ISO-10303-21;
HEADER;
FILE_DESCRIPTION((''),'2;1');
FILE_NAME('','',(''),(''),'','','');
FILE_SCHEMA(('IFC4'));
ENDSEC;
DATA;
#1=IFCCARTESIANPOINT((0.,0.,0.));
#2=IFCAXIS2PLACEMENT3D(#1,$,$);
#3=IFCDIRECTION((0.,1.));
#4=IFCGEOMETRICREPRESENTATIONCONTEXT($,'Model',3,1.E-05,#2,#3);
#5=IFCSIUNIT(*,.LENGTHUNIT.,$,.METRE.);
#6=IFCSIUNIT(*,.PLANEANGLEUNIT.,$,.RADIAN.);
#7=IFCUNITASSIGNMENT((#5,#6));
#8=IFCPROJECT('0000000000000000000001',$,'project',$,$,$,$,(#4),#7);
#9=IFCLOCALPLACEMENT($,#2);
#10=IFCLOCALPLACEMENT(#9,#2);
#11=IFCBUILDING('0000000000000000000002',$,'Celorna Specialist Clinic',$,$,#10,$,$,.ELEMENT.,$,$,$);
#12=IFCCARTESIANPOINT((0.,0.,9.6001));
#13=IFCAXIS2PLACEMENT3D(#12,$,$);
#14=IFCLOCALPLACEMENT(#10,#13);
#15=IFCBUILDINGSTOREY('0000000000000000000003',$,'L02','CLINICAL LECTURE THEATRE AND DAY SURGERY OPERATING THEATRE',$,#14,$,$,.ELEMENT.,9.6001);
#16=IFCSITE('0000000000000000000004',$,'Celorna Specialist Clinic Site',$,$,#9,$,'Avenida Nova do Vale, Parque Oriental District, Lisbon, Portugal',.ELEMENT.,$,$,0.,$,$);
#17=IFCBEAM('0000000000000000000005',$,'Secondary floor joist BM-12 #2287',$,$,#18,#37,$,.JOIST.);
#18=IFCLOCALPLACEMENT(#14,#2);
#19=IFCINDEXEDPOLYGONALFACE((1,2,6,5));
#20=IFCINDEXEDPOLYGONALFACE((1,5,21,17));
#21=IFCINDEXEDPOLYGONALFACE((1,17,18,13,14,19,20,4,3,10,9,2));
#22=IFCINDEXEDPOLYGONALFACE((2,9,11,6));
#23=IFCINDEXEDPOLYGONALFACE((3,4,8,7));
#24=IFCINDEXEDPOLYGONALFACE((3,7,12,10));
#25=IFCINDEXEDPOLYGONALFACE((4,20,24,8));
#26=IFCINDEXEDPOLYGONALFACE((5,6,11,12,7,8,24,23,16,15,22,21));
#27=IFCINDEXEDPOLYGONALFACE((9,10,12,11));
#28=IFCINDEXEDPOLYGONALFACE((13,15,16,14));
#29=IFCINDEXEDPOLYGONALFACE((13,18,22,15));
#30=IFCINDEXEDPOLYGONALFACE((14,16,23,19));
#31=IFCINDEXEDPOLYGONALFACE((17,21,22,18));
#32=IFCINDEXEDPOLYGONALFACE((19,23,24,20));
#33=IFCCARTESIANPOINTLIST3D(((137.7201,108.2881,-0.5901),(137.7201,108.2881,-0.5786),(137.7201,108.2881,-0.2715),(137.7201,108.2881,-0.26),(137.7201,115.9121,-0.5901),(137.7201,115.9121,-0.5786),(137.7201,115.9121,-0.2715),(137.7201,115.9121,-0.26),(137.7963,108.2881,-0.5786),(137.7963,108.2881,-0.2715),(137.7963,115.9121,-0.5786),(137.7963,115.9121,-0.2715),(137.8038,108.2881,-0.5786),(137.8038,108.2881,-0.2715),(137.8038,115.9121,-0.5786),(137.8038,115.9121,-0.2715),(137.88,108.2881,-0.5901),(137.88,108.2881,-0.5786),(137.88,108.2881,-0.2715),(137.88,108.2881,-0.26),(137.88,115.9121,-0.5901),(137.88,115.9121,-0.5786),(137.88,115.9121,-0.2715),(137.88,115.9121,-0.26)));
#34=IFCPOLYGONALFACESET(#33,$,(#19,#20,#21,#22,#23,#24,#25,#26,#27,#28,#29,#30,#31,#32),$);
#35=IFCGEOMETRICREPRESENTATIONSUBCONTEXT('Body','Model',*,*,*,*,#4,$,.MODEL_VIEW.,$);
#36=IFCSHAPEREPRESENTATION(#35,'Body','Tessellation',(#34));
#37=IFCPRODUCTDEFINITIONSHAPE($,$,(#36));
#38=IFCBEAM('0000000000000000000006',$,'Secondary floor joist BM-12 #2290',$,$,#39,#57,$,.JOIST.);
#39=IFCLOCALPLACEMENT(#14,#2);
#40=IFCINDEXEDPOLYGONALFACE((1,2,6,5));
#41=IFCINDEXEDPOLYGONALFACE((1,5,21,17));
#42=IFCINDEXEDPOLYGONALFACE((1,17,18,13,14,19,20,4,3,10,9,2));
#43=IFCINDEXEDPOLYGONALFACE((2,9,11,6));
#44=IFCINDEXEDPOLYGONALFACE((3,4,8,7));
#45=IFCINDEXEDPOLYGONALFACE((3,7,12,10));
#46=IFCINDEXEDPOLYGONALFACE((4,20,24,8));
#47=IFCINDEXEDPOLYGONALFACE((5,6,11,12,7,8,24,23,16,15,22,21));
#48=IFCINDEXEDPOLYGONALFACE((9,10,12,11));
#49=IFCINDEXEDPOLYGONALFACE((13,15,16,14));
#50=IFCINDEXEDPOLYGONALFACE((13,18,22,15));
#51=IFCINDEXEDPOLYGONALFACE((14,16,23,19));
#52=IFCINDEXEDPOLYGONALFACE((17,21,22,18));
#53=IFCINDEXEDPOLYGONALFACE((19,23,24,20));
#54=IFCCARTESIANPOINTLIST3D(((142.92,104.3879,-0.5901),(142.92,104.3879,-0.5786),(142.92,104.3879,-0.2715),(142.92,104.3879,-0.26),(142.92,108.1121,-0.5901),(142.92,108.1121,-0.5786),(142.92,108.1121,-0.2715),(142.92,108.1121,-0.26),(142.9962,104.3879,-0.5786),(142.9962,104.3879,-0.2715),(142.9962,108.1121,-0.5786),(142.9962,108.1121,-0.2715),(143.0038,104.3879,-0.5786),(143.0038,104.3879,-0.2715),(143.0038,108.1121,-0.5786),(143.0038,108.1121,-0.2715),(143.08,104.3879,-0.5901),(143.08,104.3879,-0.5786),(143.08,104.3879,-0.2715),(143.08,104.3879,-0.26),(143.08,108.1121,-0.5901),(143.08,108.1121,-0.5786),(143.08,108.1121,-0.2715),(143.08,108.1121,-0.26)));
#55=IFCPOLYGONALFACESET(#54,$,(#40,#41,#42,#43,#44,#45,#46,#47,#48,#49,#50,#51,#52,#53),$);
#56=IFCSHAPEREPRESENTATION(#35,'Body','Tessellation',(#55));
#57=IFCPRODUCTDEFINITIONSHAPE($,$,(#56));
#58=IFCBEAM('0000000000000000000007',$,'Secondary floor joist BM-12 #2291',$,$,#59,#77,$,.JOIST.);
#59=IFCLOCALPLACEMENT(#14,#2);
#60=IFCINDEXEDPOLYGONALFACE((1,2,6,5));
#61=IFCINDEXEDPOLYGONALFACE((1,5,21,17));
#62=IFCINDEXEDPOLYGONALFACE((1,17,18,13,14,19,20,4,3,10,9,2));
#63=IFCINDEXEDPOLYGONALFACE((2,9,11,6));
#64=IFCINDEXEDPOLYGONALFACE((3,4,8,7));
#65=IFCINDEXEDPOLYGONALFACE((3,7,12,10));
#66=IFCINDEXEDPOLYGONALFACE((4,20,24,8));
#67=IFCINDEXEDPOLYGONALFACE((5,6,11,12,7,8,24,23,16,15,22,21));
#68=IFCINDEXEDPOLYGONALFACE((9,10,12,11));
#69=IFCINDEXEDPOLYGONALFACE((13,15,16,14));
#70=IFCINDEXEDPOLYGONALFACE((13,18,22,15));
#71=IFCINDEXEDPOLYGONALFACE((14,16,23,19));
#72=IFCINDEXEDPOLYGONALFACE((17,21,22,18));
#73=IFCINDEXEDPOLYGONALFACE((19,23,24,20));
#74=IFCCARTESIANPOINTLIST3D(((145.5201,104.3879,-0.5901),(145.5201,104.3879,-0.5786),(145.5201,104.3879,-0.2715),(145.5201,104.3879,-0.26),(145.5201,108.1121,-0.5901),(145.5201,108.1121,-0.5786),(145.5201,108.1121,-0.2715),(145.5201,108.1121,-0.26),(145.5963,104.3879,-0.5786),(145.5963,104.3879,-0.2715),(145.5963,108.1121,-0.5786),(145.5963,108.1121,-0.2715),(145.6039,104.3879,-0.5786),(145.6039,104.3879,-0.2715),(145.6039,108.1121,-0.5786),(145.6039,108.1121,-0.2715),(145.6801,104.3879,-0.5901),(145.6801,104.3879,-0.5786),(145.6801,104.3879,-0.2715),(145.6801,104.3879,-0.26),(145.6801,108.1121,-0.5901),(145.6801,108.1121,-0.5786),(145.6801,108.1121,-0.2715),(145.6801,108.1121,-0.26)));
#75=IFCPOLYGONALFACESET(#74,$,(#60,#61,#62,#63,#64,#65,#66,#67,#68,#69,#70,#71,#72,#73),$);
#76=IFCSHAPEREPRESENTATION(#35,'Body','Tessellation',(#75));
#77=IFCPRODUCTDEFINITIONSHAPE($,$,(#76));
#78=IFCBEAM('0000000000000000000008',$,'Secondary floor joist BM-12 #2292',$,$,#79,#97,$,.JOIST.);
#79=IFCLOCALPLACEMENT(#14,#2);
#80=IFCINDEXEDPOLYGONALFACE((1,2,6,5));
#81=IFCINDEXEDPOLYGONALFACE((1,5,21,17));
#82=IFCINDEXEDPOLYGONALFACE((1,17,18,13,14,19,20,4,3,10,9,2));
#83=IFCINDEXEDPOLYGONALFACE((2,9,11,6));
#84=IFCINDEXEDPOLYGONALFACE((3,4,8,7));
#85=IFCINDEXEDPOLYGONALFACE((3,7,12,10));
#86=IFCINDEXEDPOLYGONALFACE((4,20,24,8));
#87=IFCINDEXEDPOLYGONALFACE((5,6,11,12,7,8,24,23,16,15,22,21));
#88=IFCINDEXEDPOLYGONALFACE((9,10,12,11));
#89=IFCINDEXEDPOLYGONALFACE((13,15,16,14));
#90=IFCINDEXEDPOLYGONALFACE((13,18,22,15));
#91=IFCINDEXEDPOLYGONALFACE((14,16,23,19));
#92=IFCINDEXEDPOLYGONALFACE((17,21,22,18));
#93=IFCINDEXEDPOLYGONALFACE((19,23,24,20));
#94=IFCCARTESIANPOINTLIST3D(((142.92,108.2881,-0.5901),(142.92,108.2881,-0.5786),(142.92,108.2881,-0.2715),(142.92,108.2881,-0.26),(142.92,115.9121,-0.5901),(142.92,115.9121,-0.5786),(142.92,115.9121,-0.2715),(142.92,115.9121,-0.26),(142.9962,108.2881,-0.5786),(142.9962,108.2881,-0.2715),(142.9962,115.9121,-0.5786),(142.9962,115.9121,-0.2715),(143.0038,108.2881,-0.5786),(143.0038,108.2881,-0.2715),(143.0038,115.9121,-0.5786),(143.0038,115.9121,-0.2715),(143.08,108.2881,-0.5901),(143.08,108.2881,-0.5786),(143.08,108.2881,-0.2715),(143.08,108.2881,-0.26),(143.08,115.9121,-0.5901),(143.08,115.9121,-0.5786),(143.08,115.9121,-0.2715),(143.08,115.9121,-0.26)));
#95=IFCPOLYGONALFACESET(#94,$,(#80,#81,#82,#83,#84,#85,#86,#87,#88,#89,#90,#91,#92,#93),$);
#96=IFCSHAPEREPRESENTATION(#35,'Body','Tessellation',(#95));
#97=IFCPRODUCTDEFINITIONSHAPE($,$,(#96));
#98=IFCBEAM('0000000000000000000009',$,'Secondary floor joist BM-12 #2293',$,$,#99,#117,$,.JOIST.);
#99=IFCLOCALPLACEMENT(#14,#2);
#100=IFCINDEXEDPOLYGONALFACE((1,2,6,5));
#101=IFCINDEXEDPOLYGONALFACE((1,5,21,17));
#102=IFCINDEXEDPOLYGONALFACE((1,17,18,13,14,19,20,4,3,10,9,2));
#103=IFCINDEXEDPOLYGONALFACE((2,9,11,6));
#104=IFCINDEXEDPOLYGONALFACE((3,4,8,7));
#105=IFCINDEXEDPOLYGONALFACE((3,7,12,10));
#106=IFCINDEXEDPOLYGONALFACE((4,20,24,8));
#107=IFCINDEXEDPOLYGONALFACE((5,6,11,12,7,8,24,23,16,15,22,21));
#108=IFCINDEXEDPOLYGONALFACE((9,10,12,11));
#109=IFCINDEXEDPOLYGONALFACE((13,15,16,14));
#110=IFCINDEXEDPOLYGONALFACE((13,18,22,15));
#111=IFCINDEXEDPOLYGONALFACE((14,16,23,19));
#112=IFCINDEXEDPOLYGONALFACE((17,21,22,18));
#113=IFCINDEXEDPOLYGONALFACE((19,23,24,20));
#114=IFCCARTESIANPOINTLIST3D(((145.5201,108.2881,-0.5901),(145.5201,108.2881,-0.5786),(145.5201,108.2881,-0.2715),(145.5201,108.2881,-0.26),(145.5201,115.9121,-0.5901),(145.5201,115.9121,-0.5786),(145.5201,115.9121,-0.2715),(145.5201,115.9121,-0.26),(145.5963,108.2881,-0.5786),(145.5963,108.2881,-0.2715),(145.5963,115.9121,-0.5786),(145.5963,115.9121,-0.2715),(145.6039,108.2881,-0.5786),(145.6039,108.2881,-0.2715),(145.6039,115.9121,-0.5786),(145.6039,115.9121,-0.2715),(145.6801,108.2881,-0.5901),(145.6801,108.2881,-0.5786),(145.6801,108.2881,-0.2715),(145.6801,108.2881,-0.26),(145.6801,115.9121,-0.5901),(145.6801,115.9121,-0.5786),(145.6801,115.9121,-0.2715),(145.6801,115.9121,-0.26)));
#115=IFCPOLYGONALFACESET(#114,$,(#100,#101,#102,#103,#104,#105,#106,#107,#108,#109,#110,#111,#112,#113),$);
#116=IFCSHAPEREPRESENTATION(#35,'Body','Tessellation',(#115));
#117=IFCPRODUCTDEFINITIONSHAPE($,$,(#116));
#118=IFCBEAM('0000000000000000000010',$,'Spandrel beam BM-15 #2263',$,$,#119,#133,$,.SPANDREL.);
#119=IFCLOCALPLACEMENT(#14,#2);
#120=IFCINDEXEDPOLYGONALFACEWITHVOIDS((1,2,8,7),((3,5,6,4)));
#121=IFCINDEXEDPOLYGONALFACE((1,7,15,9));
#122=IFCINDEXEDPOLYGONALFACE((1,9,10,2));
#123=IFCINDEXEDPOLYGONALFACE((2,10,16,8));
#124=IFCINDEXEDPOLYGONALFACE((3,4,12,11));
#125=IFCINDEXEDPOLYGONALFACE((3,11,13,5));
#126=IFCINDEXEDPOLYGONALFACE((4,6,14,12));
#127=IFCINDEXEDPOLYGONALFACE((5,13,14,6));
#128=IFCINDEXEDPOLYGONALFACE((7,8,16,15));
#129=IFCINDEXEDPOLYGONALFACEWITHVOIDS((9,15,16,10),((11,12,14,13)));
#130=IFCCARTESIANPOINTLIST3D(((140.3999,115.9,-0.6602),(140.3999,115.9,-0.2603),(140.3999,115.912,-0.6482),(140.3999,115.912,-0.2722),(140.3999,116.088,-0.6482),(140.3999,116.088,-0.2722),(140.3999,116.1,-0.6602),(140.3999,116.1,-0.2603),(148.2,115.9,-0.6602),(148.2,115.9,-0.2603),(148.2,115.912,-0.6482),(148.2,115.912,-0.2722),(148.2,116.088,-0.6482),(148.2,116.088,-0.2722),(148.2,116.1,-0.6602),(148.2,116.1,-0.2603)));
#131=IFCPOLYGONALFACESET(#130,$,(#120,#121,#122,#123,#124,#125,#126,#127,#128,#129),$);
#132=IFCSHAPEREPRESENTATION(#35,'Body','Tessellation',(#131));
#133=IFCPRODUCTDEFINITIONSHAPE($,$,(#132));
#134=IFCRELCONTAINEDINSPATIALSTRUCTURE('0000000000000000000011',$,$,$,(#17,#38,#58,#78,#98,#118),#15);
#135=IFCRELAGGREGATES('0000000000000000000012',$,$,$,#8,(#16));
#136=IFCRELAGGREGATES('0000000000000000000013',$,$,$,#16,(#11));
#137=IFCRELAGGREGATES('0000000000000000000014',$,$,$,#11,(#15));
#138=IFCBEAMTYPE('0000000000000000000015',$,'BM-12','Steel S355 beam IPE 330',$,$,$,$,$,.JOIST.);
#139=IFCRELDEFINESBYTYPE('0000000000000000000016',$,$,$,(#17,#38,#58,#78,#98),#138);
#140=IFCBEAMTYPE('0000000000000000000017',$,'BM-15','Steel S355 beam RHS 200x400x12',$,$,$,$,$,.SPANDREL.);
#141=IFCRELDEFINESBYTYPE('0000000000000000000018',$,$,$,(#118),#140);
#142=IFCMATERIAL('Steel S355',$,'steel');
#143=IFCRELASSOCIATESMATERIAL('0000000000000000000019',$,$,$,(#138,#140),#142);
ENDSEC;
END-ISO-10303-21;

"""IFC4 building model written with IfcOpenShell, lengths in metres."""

from ifc_helpers import new_model, si_unit, direction, frame, origin, origin_2d, place, context, subcontext, project, spatial, hollow_rectangle, i_section, extrude, material, material_profile, profile_set, type_object, element, save


model = new_model("IFC4")

# Units and contexts
model_context = context("Model", 3, precision=1e-05, world=origin(), true_north=direction((0.0, 1.0)))
body_context = subcontext(model_context, "Body", "Model", "MODEL_VIEW")
ifc_project = project(units=[si_unit("LENGTHUNIT", "METRE"), si_unit("PLANEANGLEUNIT", "RADIAN")], contexts=[model_context])

# Site, building, storey
site_placement = place(None, origin())
site = spatial("IfcSite", under=ifc_project, at=site_placement, Name="Celorna Specialist Clinic Site", LongName="Avenida Nova do Vale, Parque Oriental District, Lisbon, Portugal", CompositionType="ELEMENT", RefElevation=0.0)
building_placement = place(site_placement, origin())
building = spatial("IfcBuilding", under=site, at=building_placement, Name="Celorna Specialist Clinic", CompositionType="ELEMENT")
storey_placement = place(building_placement, frame((0.0, 0.0, 9.6001)))
storey = spatial("IfcBuildingStorey", under=building, at=storey_placement, Name="L02", Description="CLINICAL LECTURE THEATRE AND DAY SURGERY OPERATING THEATRE", CompositionType="ELEMENT", Elevation=9.6001)

# Beams
ifc_material_1 = material(Name="Steel S355", Category="steel")
ifc_material_profile_1 = material_profile(ifc_material_1, i_section(OverallWidth=0.1599, OverallDepth=0.3301, WebThickness=0.0076, FlangeThickness=0.0115, at=origin_2d()), Name="IPE 330")
ifc_profile_set_1 = profile_set([ifc_material_profile_1], Name="Steel S355")
beam_type_1 = type_object("IfcBeamType", Name="BM-12", Description="Steel S355 beam IPE 330", PredefinedType="JOIST", material=ifc_profile_set_1)
for number, where, z_axis, x_axis, name in (
    (1, (137.8, 108.2881, -0.425), (0.0, 1.0, 0.0), (-1.0, 0.0, 0.0), "Secondary floor joist BM-12 #2287"),
):
    element("IfcBeam", number, at=place(storey_placement, frame(where, z_axis=z_axis, x_axis=x_axis)), inside=storey, type_object=beam_type_1, Name=name, PredefinedType="JOIST", context=body_context, shape_type="SweptSolid", body=[
        extrude(i_section(OverallWidth=0.1599, OverallDepth=0.3301, WebThickness=0.0076, FlangeThickness=0.0115, at=origin_2d()), origin(), (0.0, 0.0, 1.0), 7.624),
    ])
for number, where, z_axis, x_axis, name in (
    (2, (143.0, 104.3879, -0.425), (0.0, 1.0, 0.0), (-1.0, 0.0, 0.0), "Secondary floor joist BM-12 #2290"),
    (3, (145.6001, 104.3879, -0.425), (0.0, 1.0, 0.0), (-1.0, 0.0, 0.0), "Secondary floor joist BM-12 #2291"),
):
    element("IfcBeam", number, at=place(storey_placement, frame(where, z_axis=z_axis, x_axis=x_axis)), inside=storey, type_object=beam_type_1, Name=name, PredefinedType="JOIST", context=body_context, shape_type="SweptSolid", body=[
        extrude(i_section(OverallWidth=0.1599, OverallDepth=0.3301, WebThickness=0.0076, FlangeThickness=0.0115, at=origin_2d()), origin(), (0.0, 0.0, 1.0), 3.7241),
    ])
for number, where, z_axis, x_axis, name in (
    (4, (143.0, 108.2881, -0.425), (0.0, 1.0, 0.0), (-1.0, 0.0, 0.0), "Secondary floor joist BM-12 #2292"),
    (5, (145.6001, 108.2881, -0.425), (0.0, 1.0, 0.0), (-1.0, 0.0, 0.0), "Secondary floor joist BM-12 #2293"),
):
    element("IfcBeam", number, at=place(storey_placement, frame(where, z_axis=z_axis, x_axis=x_axis)), inside=storey, type_object=beam_type_1, Name=name, PredefinedType="JOIST", context=body_context, shape_type="SweptSolid", body=[
        extrude(i_section(OverallWidth=0.1599, OverallDepth=0.3301, WebThickness=0.0076, FlangeThickness=0.0115, at=origin_2d()), origin(), (0.0, 0.0, 1.0), 7.624),
    ])
ifc_material_profile_2 = material_profile(ifc_material_1, hollow_rectangle(XDim=0.2, YDim=0.3999, WallThickness=0.012, at=origin_2d()), Name="RHS 200x400x12")
ifc_profile_set_2 = profile_set([ifc_material_profile_2], Name="Steel S355")
beam_type_2 = type_object("IfcBeamType", Name="BM-15", Description="Steel S355 beam RHS 200x400x12", PredefinedType="SPANDREL", material=ifc_profile_set_2)
beam_1_placement = place(storey_placement, frame((140.3999, 116.0, -0.4602), z_axis=(1.0, 0.0, 0.0), x_axis=(0.0, 1.0, 0.0)))
element("IfcBeam", 6, at=beam_1_placement, inside=storey, type_object=beam_type_2, Name="Spandrel beam BM-15 #2263", PredefinedType="SPANDREL", context=body_context, shape_type="SweptSolid", body=[
    extrude(hollow_rectangle(XDim=0.2, YDim=0.3999, WallThickness=0.012, at=origin_2d()), origin(), (0.0, 0.0, 1.0), 7.8),
])

save(model, "model.ifc")
